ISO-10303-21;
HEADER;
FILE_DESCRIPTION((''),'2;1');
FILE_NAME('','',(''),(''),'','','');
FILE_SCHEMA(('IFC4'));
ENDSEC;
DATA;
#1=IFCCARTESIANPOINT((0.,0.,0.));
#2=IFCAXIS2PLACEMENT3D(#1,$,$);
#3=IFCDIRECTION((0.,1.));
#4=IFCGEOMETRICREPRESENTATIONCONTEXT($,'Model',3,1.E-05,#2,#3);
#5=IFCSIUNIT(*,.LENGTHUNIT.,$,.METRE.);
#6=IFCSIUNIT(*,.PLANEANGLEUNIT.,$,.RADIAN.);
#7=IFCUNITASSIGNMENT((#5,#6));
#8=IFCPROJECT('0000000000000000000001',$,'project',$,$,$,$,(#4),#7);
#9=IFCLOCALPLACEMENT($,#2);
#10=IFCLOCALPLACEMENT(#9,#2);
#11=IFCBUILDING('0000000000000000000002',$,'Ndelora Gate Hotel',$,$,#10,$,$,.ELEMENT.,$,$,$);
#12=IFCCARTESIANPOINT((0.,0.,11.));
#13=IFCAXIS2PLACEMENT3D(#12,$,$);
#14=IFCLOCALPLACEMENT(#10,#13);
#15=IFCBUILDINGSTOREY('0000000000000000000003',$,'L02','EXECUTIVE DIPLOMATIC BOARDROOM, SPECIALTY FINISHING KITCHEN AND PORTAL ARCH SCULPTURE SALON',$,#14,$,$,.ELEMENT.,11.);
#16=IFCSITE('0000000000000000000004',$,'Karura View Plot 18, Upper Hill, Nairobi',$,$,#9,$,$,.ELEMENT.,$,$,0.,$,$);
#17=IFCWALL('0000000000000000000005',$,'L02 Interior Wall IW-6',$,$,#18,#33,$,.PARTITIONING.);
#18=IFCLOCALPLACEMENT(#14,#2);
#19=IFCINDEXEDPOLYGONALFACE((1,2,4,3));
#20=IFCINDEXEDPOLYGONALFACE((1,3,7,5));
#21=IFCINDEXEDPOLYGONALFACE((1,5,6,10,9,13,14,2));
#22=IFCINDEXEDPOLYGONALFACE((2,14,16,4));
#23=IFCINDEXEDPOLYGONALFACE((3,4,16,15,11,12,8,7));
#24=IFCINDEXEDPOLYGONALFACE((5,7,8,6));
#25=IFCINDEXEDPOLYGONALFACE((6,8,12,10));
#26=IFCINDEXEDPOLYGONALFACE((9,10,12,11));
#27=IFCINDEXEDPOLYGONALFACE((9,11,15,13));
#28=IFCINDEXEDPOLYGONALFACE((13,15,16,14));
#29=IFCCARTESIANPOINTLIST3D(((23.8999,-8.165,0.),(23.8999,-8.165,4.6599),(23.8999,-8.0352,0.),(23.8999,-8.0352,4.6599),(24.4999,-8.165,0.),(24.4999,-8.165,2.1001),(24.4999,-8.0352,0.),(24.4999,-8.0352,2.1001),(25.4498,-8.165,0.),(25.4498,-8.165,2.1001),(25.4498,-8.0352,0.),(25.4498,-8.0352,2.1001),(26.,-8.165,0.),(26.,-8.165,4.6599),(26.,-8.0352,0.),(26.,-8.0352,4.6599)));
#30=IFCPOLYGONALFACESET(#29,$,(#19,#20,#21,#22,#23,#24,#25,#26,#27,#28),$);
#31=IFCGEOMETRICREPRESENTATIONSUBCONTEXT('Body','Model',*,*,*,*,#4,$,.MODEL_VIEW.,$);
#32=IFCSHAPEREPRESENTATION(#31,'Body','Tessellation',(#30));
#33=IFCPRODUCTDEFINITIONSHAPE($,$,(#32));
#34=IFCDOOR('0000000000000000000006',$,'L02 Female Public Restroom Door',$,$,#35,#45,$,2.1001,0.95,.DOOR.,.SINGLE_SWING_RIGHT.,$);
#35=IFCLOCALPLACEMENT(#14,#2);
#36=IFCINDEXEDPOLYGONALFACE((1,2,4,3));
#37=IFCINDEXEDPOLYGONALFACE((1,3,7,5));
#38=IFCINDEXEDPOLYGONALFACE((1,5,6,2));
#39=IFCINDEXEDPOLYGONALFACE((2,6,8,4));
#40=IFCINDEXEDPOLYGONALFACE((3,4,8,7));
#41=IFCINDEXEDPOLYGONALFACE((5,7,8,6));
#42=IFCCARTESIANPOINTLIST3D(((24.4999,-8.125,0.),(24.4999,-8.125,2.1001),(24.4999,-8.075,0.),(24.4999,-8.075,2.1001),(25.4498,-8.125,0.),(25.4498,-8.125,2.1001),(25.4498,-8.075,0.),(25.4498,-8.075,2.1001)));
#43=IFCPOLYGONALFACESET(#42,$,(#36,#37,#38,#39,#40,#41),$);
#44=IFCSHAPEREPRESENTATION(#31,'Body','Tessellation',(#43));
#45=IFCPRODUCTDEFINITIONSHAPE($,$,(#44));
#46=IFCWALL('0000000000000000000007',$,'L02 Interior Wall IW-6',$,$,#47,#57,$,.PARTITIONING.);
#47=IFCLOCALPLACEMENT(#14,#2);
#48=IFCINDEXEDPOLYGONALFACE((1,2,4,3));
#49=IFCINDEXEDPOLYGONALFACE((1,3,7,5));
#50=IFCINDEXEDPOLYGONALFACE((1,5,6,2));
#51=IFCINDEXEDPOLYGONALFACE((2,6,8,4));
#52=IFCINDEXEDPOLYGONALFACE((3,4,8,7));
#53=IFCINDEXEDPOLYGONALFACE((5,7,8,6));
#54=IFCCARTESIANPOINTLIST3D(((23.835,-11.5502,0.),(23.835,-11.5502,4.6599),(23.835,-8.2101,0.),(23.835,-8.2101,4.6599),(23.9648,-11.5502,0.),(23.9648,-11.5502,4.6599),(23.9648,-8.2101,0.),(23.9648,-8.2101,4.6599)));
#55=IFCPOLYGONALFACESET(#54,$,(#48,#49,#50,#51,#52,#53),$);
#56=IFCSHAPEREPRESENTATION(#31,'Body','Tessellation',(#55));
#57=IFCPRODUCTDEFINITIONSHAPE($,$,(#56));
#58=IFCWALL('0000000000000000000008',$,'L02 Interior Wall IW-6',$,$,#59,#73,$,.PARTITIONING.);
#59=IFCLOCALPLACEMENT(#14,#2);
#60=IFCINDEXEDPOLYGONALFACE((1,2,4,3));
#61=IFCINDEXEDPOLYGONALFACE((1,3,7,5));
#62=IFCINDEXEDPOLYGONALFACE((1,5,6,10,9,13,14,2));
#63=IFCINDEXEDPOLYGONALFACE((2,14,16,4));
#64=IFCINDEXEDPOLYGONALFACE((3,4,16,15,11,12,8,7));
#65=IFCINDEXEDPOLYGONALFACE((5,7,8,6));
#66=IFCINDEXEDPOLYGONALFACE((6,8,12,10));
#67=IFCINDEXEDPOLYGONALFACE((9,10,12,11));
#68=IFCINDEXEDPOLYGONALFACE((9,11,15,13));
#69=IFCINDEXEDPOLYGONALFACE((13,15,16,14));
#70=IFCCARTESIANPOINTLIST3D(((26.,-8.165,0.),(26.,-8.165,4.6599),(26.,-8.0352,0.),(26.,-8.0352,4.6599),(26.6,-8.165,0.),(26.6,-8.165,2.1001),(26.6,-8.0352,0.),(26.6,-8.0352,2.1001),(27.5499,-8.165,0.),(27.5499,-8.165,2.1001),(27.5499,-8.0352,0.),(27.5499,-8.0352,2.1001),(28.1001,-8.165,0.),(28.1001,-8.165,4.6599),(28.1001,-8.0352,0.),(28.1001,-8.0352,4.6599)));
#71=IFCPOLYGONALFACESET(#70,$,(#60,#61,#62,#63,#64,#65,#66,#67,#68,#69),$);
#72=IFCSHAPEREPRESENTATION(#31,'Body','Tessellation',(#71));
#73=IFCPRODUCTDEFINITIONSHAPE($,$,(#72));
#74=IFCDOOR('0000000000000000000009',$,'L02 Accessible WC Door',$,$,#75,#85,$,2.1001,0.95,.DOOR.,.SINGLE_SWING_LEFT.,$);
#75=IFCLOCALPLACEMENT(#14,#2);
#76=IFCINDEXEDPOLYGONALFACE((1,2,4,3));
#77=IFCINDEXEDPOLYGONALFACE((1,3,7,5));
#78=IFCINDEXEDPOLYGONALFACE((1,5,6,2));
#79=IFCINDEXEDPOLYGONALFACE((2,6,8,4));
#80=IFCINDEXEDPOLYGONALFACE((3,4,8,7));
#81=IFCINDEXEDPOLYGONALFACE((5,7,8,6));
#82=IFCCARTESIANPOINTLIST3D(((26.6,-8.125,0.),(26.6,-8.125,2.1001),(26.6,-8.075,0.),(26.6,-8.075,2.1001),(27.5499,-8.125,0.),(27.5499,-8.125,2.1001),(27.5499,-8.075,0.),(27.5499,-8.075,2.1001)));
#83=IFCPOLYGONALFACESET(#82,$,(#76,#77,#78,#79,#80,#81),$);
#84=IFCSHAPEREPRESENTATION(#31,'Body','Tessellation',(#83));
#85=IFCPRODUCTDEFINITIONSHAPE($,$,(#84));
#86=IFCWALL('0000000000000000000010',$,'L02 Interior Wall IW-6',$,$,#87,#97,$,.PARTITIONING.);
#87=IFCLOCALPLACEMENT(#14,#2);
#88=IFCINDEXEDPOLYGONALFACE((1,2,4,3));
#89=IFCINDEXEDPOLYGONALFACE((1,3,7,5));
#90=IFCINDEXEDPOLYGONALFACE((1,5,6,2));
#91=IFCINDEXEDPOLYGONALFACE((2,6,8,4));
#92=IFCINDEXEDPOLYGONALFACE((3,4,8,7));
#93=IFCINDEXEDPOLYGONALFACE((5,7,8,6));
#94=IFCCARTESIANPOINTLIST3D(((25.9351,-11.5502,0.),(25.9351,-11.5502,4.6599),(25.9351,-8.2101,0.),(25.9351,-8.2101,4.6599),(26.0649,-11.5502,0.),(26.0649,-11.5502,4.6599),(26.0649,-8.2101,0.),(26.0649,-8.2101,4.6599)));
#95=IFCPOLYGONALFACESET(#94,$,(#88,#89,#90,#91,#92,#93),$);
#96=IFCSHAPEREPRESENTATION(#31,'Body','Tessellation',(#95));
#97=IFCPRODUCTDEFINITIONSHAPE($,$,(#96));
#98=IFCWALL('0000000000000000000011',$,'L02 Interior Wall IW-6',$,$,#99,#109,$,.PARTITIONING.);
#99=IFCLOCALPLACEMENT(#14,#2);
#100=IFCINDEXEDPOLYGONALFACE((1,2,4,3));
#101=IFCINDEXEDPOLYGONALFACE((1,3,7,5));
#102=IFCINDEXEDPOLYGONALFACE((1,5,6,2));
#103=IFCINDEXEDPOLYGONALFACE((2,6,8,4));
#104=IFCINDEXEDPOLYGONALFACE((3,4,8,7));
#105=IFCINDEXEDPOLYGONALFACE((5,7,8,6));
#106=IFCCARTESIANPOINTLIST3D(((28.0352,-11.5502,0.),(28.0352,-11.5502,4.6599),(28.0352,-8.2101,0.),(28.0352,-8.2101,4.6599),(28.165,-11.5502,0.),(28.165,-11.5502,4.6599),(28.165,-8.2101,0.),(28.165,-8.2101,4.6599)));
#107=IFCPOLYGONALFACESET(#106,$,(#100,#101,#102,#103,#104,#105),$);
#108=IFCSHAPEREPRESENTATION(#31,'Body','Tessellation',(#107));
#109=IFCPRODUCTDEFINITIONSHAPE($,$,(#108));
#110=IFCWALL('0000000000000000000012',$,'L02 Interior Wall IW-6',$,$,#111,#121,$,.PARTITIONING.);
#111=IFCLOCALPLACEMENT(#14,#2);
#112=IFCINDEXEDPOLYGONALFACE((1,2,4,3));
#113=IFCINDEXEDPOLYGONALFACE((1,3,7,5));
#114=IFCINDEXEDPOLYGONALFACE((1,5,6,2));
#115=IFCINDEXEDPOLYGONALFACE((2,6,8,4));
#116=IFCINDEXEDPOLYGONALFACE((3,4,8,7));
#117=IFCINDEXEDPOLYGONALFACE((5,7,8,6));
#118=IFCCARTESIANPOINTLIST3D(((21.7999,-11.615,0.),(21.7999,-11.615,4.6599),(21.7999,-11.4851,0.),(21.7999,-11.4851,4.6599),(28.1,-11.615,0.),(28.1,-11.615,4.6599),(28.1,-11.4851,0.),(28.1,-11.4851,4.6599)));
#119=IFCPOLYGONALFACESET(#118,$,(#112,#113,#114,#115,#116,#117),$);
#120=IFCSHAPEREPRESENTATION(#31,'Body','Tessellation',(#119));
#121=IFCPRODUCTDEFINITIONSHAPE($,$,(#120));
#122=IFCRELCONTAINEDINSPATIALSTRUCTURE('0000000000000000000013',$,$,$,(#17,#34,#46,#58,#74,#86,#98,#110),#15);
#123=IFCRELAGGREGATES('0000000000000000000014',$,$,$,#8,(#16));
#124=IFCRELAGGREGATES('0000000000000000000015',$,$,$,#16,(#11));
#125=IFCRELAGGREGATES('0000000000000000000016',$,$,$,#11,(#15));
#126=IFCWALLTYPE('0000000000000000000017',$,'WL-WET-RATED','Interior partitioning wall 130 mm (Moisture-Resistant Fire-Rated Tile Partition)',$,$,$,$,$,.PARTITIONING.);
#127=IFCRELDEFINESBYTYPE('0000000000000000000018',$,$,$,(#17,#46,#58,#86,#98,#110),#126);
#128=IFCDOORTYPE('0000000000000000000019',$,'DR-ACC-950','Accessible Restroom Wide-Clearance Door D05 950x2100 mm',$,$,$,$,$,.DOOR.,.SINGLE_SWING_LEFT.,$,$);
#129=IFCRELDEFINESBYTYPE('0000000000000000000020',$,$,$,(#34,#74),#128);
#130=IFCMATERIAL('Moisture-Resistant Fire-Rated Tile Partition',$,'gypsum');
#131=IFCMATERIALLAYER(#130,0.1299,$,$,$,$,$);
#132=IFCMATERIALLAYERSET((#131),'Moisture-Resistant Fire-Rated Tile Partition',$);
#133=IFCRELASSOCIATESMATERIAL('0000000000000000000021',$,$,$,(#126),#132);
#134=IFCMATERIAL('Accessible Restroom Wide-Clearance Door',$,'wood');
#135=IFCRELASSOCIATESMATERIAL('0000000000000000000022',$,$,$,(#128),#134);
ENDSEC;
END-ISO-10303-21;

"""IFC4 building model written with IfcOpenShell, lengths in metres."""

from ifc_helpers import new_model, si_unit, direction, frame, frame_2d, origin, place, context, subcontext, project, spatial, rectangle, extrude, material, layer, layer_set, type_object, element, fill, save


model = new_model("IFC4")

# Units and contexts
model_context = context("Model", 3, precision=1e-05, world=origin(), true_north=direction((0.0, 1.0)))
body_context = subcontext(model_context, "Body", "Model", "MODEL_VIEW")
ifc_project = project(units=[si_unit("LENGTHUNIT", "METRE"), si_unit("PLANEANGLEUNIT", "RADIAN")], contexts=[model_context])

# Site, building, storey
site_placement = place(None, origin())
site = spatial("IfcSite", under=ifc_project, at=site_placement, Name="Karura View Plot 18, Upper Hill, Nairobi", CompositionType="ELEMENT", RefElevation=0.0)
building_placement = place(site_placement, origin())
building = spatial("IfcBuilding", under=site, at=building_placement, Name="Ndelora Gate Hotel", CompositionType="ELEMENT")
storey_placement = place(building_placement, frame((0.0, 0.0, 11.0)))
storey = spatial("IfcBuildingStorey", under=building, at=storey_placement, Name="L02", Description="EXECUTIVE DIPLOMATIC BOARDROOM, SPECIALTY FINISHING KITCHEN AND PORTAL ARCH SCULPTURE SALON", CompositionType="ELEMENT", Elevation=11.0)

# Shared definitions
ifc_material_1 = material(Name="Moisture-Resistant Fire-Rated Tile Partition", Category="gypsum")
ifc_layer_1 = layer(ifc_material_1, 0.1299)
ifc_layer_set_1 = layer_set([ifc_layer_1], Name="Moisture-Resistant Fire-Rated Tile Partition")
wall_type_1 = type_object("IfcWallType", Name="WL-WET-RATED", Description="Interior partitioning wall 130 mm (Moisture-Resistant Fire-Rated Tile Partition)", PredefinedType="PARTITIONING", material=ifc_layer_set_1)
ifc_material_2 = material(Name="Accessible Restroom Wide-Clearance Door", Category="wood")
door_type_1 = type_object("IfcDoorType", Name="DR-ACC-950", Description="Accessible Restroom Wide-Clearance Door D05 950x2100 mm", OperationType="SINGLE_SWING_LEFT", PredefinedType="DOOR", material=ifc_material_2)

# Wall, opening, door
wall_1_placement = place(storey_placement, frame((26.0, -8.1001, 0.0), z_axis=(0.0, 0.0, 1.0), x_axis=(-1.0, 0.0, 0.0)))
wall_1 = element("IfcWall", 1, at=wall_1_placement, inside=storey, type_object=wall_type_1, Name="L02 Interior Wall IW-6", PredefinedType="PARTITIONING", context=body_context, shape_type="SweptSolid", body=[
    extrude(rectangle(XDim=2.1001, YDim=0.1299, at=frame_2d((1.05, 0.0))), origin(), (0.0, 0.0, 1.0), 4.6599),
])
opening_1_placement = place(wall_1_placement, frame((0.55, 0.0, 0.0)))
opening_1 = element("IfcOpeningElement", 2, at=opening_1_placement, cuts=wall_1, PredefinedType="OPENING", context=body_context, shape_type="SweptSolid", body=[
    extrude(rectangle(XDim=0.95, YDim=2.1001, at=frame_2d((0.4751, 1.05))), frame((0.0, 0.075, 0.0), z_axis=(0.0, -1.0, 0.0), x_axis=(1.0, 0.0, 0.0)), (0.0, 0.0, 1.0), 0.1499),
])
door_1_placement = place(opening_1_placement, origin())
door_1 = element("IfcDoor", 3, at=door_1_placement, inside=storey, type_object=door_type_1, Name="L02 Female Public Restroom Door", OperationType="SINGLE_SWING_RIGHT", OverallHeight=2.1001, OverallWidth=0.95, PredefinedType="DOOR", context=body_context, shape_type="SweptSolid", body=[
    extrude(rectangle(XDim=0.95, YDim=2.1001, at=frame_2d((0.4751, 1.05))), frame((0.0, 0.0249, 0.0), z_axis=(0.0, -1.0, 0.0), x_axis=(1.0, 0.0, 0.0)), (0.0, 0.0, 1.0), 0.05),
])
fill(opening_1, door_1)

# Wall
wall_2_placement = place(storey_placement, frame((23.8999, -11.55, 0.0), z_axis=(0.0, 0.0, 1.0), x_axis=(0.0, 1.0, 0.0)))
element("IfcWall", 4, at=wall_2_placement, inside=storey, type_object=wall_type_1, Name="L02 Interior Wall IW-6", PredefinedType="PARTITIONING", context=body_context, shape_type="SweptSolid", body=[
    extrude(rectangle(XDim=3.3401, YDim=0.1299, at=frame_2d((1.6699, 0.0))), origin(), (0.0, 0.0, 1.0), 4.6599),
])

# Wall, opening, door
wall_3_placement = place(storey_placement, frame((28.1001, -8.1001, 0.0), z_axis=(0.0, 0.0, 1.0), x_axis=(-1.0, 0.0, 0.0)))
wall_3 = element("IfcWall", 5, at=wall_3_placement, inside=storey, type_object=wall_type_1, Name="L02 Interior Wall IW-6", PredefinedType="PARTITIONING", context=body_context, shape_type="SweptSolid", body=[
    extrude(rectangle(XDim=2.1001, YDim=0.1299, at=frame_2d((1.05, 0.0))), origin(), (0.0, 0.0, 1.0), 4.6599),
])
opening_2_placement = place(wall_3_placement, frame((0.55, 0.0, 0.0)))
opening_2 = element("IfcOpeningElement", 6, at=opening_2_placement, cuts=wall_3, PredefinedType="OPENING", context=body_context, shape_type="SweptSolid", body=[
    extrude(rectangle(XDim=0.95, YDim=2.1001, at=frame_2d((0.4751, 1.05))), frame((0.0, 0.075, 0.0), z_axis=(0.0, -1.0, 0.0), x_axis=(1.0, 0.0, 0.0)), (0.0, 0.0, 1.0), 0.1499),
])
door_2_placement = place(opening_2_placement, origin())
door_2 = element("IfcDoor", 7, at=door_2_placement, inside=storey, type_object=door_type_1, Name="L02 Accessible WC Door", OperationType="SINGLE_SWING_LEFT", OverallHeight=2.1001, OverallWidth=0.95, PredefinedType="DOOR", context=body_context, shape_type="SweptSolid", body=[
    extrude(rectangle(XDim=0.95, YDim=2.1001, at=frame_2d((0.4751, 1.05))), frame((0.0, 0.0249, 0.0), z_axis=(0.0, -1.0, 0.0), x_axis=(1.0, 0.0, 0.0)), (0.0, 0.0, 1.0), 0.05),
])
fill(opening_2, door_2)

# Walls
for number, where, z_axis, x_axis, name in (
    (8, (26.0, -11.55, 0.0), (0.0, 0.0, 1.0), (0.0, 1.0, 0.0), "L02 Interior Wall IW-6"),
    (9, (28.1001, -11.55, 0.0), (0.0, 0.0, 1.0), (0.0, 1.0, 0.0), "L02 Interior Wall IW-6"),
):
    element("IfcWall", number, at=place(storey_placement, frame(where, z_axis=z_axis, x_axis=x_axis)), inside=storey, type_object=wall_type_1, Name=name, PredefinedType="PARTITIONING", context=body_context, shape_type="SweptSolid", body=[
        extrude(rectangle(XDim=3.3401, YDim=0.1299, at=frame_2d((1.6699, 0.0))), origin(), (0.0, 0.0, 1.0), 4.6599),
    ])
wall_4_placement = place(storey_placement, frame((21.8, -11.55, 0.0), z_axis=(0.0, 0.0, 1.0), x_axis=(1.0, 0.0, 0.0)))
element("IfcWall", 10, at=wall_4_placement, inside=storey, type_object=wall_type_1, Name="L02 Interior Wall IW-6", PredefinedType="PARTITIONING", context=body_context, shape_type="SweptSolid", body=[
    extrude(rectangle(XDim=6.3, YDim=0.1299, at=frame_2d((3.1499, 0.0))), origin(), (0.0, 0.0, 1.0), 4.6599),
])

save(model, "model.ifc")
